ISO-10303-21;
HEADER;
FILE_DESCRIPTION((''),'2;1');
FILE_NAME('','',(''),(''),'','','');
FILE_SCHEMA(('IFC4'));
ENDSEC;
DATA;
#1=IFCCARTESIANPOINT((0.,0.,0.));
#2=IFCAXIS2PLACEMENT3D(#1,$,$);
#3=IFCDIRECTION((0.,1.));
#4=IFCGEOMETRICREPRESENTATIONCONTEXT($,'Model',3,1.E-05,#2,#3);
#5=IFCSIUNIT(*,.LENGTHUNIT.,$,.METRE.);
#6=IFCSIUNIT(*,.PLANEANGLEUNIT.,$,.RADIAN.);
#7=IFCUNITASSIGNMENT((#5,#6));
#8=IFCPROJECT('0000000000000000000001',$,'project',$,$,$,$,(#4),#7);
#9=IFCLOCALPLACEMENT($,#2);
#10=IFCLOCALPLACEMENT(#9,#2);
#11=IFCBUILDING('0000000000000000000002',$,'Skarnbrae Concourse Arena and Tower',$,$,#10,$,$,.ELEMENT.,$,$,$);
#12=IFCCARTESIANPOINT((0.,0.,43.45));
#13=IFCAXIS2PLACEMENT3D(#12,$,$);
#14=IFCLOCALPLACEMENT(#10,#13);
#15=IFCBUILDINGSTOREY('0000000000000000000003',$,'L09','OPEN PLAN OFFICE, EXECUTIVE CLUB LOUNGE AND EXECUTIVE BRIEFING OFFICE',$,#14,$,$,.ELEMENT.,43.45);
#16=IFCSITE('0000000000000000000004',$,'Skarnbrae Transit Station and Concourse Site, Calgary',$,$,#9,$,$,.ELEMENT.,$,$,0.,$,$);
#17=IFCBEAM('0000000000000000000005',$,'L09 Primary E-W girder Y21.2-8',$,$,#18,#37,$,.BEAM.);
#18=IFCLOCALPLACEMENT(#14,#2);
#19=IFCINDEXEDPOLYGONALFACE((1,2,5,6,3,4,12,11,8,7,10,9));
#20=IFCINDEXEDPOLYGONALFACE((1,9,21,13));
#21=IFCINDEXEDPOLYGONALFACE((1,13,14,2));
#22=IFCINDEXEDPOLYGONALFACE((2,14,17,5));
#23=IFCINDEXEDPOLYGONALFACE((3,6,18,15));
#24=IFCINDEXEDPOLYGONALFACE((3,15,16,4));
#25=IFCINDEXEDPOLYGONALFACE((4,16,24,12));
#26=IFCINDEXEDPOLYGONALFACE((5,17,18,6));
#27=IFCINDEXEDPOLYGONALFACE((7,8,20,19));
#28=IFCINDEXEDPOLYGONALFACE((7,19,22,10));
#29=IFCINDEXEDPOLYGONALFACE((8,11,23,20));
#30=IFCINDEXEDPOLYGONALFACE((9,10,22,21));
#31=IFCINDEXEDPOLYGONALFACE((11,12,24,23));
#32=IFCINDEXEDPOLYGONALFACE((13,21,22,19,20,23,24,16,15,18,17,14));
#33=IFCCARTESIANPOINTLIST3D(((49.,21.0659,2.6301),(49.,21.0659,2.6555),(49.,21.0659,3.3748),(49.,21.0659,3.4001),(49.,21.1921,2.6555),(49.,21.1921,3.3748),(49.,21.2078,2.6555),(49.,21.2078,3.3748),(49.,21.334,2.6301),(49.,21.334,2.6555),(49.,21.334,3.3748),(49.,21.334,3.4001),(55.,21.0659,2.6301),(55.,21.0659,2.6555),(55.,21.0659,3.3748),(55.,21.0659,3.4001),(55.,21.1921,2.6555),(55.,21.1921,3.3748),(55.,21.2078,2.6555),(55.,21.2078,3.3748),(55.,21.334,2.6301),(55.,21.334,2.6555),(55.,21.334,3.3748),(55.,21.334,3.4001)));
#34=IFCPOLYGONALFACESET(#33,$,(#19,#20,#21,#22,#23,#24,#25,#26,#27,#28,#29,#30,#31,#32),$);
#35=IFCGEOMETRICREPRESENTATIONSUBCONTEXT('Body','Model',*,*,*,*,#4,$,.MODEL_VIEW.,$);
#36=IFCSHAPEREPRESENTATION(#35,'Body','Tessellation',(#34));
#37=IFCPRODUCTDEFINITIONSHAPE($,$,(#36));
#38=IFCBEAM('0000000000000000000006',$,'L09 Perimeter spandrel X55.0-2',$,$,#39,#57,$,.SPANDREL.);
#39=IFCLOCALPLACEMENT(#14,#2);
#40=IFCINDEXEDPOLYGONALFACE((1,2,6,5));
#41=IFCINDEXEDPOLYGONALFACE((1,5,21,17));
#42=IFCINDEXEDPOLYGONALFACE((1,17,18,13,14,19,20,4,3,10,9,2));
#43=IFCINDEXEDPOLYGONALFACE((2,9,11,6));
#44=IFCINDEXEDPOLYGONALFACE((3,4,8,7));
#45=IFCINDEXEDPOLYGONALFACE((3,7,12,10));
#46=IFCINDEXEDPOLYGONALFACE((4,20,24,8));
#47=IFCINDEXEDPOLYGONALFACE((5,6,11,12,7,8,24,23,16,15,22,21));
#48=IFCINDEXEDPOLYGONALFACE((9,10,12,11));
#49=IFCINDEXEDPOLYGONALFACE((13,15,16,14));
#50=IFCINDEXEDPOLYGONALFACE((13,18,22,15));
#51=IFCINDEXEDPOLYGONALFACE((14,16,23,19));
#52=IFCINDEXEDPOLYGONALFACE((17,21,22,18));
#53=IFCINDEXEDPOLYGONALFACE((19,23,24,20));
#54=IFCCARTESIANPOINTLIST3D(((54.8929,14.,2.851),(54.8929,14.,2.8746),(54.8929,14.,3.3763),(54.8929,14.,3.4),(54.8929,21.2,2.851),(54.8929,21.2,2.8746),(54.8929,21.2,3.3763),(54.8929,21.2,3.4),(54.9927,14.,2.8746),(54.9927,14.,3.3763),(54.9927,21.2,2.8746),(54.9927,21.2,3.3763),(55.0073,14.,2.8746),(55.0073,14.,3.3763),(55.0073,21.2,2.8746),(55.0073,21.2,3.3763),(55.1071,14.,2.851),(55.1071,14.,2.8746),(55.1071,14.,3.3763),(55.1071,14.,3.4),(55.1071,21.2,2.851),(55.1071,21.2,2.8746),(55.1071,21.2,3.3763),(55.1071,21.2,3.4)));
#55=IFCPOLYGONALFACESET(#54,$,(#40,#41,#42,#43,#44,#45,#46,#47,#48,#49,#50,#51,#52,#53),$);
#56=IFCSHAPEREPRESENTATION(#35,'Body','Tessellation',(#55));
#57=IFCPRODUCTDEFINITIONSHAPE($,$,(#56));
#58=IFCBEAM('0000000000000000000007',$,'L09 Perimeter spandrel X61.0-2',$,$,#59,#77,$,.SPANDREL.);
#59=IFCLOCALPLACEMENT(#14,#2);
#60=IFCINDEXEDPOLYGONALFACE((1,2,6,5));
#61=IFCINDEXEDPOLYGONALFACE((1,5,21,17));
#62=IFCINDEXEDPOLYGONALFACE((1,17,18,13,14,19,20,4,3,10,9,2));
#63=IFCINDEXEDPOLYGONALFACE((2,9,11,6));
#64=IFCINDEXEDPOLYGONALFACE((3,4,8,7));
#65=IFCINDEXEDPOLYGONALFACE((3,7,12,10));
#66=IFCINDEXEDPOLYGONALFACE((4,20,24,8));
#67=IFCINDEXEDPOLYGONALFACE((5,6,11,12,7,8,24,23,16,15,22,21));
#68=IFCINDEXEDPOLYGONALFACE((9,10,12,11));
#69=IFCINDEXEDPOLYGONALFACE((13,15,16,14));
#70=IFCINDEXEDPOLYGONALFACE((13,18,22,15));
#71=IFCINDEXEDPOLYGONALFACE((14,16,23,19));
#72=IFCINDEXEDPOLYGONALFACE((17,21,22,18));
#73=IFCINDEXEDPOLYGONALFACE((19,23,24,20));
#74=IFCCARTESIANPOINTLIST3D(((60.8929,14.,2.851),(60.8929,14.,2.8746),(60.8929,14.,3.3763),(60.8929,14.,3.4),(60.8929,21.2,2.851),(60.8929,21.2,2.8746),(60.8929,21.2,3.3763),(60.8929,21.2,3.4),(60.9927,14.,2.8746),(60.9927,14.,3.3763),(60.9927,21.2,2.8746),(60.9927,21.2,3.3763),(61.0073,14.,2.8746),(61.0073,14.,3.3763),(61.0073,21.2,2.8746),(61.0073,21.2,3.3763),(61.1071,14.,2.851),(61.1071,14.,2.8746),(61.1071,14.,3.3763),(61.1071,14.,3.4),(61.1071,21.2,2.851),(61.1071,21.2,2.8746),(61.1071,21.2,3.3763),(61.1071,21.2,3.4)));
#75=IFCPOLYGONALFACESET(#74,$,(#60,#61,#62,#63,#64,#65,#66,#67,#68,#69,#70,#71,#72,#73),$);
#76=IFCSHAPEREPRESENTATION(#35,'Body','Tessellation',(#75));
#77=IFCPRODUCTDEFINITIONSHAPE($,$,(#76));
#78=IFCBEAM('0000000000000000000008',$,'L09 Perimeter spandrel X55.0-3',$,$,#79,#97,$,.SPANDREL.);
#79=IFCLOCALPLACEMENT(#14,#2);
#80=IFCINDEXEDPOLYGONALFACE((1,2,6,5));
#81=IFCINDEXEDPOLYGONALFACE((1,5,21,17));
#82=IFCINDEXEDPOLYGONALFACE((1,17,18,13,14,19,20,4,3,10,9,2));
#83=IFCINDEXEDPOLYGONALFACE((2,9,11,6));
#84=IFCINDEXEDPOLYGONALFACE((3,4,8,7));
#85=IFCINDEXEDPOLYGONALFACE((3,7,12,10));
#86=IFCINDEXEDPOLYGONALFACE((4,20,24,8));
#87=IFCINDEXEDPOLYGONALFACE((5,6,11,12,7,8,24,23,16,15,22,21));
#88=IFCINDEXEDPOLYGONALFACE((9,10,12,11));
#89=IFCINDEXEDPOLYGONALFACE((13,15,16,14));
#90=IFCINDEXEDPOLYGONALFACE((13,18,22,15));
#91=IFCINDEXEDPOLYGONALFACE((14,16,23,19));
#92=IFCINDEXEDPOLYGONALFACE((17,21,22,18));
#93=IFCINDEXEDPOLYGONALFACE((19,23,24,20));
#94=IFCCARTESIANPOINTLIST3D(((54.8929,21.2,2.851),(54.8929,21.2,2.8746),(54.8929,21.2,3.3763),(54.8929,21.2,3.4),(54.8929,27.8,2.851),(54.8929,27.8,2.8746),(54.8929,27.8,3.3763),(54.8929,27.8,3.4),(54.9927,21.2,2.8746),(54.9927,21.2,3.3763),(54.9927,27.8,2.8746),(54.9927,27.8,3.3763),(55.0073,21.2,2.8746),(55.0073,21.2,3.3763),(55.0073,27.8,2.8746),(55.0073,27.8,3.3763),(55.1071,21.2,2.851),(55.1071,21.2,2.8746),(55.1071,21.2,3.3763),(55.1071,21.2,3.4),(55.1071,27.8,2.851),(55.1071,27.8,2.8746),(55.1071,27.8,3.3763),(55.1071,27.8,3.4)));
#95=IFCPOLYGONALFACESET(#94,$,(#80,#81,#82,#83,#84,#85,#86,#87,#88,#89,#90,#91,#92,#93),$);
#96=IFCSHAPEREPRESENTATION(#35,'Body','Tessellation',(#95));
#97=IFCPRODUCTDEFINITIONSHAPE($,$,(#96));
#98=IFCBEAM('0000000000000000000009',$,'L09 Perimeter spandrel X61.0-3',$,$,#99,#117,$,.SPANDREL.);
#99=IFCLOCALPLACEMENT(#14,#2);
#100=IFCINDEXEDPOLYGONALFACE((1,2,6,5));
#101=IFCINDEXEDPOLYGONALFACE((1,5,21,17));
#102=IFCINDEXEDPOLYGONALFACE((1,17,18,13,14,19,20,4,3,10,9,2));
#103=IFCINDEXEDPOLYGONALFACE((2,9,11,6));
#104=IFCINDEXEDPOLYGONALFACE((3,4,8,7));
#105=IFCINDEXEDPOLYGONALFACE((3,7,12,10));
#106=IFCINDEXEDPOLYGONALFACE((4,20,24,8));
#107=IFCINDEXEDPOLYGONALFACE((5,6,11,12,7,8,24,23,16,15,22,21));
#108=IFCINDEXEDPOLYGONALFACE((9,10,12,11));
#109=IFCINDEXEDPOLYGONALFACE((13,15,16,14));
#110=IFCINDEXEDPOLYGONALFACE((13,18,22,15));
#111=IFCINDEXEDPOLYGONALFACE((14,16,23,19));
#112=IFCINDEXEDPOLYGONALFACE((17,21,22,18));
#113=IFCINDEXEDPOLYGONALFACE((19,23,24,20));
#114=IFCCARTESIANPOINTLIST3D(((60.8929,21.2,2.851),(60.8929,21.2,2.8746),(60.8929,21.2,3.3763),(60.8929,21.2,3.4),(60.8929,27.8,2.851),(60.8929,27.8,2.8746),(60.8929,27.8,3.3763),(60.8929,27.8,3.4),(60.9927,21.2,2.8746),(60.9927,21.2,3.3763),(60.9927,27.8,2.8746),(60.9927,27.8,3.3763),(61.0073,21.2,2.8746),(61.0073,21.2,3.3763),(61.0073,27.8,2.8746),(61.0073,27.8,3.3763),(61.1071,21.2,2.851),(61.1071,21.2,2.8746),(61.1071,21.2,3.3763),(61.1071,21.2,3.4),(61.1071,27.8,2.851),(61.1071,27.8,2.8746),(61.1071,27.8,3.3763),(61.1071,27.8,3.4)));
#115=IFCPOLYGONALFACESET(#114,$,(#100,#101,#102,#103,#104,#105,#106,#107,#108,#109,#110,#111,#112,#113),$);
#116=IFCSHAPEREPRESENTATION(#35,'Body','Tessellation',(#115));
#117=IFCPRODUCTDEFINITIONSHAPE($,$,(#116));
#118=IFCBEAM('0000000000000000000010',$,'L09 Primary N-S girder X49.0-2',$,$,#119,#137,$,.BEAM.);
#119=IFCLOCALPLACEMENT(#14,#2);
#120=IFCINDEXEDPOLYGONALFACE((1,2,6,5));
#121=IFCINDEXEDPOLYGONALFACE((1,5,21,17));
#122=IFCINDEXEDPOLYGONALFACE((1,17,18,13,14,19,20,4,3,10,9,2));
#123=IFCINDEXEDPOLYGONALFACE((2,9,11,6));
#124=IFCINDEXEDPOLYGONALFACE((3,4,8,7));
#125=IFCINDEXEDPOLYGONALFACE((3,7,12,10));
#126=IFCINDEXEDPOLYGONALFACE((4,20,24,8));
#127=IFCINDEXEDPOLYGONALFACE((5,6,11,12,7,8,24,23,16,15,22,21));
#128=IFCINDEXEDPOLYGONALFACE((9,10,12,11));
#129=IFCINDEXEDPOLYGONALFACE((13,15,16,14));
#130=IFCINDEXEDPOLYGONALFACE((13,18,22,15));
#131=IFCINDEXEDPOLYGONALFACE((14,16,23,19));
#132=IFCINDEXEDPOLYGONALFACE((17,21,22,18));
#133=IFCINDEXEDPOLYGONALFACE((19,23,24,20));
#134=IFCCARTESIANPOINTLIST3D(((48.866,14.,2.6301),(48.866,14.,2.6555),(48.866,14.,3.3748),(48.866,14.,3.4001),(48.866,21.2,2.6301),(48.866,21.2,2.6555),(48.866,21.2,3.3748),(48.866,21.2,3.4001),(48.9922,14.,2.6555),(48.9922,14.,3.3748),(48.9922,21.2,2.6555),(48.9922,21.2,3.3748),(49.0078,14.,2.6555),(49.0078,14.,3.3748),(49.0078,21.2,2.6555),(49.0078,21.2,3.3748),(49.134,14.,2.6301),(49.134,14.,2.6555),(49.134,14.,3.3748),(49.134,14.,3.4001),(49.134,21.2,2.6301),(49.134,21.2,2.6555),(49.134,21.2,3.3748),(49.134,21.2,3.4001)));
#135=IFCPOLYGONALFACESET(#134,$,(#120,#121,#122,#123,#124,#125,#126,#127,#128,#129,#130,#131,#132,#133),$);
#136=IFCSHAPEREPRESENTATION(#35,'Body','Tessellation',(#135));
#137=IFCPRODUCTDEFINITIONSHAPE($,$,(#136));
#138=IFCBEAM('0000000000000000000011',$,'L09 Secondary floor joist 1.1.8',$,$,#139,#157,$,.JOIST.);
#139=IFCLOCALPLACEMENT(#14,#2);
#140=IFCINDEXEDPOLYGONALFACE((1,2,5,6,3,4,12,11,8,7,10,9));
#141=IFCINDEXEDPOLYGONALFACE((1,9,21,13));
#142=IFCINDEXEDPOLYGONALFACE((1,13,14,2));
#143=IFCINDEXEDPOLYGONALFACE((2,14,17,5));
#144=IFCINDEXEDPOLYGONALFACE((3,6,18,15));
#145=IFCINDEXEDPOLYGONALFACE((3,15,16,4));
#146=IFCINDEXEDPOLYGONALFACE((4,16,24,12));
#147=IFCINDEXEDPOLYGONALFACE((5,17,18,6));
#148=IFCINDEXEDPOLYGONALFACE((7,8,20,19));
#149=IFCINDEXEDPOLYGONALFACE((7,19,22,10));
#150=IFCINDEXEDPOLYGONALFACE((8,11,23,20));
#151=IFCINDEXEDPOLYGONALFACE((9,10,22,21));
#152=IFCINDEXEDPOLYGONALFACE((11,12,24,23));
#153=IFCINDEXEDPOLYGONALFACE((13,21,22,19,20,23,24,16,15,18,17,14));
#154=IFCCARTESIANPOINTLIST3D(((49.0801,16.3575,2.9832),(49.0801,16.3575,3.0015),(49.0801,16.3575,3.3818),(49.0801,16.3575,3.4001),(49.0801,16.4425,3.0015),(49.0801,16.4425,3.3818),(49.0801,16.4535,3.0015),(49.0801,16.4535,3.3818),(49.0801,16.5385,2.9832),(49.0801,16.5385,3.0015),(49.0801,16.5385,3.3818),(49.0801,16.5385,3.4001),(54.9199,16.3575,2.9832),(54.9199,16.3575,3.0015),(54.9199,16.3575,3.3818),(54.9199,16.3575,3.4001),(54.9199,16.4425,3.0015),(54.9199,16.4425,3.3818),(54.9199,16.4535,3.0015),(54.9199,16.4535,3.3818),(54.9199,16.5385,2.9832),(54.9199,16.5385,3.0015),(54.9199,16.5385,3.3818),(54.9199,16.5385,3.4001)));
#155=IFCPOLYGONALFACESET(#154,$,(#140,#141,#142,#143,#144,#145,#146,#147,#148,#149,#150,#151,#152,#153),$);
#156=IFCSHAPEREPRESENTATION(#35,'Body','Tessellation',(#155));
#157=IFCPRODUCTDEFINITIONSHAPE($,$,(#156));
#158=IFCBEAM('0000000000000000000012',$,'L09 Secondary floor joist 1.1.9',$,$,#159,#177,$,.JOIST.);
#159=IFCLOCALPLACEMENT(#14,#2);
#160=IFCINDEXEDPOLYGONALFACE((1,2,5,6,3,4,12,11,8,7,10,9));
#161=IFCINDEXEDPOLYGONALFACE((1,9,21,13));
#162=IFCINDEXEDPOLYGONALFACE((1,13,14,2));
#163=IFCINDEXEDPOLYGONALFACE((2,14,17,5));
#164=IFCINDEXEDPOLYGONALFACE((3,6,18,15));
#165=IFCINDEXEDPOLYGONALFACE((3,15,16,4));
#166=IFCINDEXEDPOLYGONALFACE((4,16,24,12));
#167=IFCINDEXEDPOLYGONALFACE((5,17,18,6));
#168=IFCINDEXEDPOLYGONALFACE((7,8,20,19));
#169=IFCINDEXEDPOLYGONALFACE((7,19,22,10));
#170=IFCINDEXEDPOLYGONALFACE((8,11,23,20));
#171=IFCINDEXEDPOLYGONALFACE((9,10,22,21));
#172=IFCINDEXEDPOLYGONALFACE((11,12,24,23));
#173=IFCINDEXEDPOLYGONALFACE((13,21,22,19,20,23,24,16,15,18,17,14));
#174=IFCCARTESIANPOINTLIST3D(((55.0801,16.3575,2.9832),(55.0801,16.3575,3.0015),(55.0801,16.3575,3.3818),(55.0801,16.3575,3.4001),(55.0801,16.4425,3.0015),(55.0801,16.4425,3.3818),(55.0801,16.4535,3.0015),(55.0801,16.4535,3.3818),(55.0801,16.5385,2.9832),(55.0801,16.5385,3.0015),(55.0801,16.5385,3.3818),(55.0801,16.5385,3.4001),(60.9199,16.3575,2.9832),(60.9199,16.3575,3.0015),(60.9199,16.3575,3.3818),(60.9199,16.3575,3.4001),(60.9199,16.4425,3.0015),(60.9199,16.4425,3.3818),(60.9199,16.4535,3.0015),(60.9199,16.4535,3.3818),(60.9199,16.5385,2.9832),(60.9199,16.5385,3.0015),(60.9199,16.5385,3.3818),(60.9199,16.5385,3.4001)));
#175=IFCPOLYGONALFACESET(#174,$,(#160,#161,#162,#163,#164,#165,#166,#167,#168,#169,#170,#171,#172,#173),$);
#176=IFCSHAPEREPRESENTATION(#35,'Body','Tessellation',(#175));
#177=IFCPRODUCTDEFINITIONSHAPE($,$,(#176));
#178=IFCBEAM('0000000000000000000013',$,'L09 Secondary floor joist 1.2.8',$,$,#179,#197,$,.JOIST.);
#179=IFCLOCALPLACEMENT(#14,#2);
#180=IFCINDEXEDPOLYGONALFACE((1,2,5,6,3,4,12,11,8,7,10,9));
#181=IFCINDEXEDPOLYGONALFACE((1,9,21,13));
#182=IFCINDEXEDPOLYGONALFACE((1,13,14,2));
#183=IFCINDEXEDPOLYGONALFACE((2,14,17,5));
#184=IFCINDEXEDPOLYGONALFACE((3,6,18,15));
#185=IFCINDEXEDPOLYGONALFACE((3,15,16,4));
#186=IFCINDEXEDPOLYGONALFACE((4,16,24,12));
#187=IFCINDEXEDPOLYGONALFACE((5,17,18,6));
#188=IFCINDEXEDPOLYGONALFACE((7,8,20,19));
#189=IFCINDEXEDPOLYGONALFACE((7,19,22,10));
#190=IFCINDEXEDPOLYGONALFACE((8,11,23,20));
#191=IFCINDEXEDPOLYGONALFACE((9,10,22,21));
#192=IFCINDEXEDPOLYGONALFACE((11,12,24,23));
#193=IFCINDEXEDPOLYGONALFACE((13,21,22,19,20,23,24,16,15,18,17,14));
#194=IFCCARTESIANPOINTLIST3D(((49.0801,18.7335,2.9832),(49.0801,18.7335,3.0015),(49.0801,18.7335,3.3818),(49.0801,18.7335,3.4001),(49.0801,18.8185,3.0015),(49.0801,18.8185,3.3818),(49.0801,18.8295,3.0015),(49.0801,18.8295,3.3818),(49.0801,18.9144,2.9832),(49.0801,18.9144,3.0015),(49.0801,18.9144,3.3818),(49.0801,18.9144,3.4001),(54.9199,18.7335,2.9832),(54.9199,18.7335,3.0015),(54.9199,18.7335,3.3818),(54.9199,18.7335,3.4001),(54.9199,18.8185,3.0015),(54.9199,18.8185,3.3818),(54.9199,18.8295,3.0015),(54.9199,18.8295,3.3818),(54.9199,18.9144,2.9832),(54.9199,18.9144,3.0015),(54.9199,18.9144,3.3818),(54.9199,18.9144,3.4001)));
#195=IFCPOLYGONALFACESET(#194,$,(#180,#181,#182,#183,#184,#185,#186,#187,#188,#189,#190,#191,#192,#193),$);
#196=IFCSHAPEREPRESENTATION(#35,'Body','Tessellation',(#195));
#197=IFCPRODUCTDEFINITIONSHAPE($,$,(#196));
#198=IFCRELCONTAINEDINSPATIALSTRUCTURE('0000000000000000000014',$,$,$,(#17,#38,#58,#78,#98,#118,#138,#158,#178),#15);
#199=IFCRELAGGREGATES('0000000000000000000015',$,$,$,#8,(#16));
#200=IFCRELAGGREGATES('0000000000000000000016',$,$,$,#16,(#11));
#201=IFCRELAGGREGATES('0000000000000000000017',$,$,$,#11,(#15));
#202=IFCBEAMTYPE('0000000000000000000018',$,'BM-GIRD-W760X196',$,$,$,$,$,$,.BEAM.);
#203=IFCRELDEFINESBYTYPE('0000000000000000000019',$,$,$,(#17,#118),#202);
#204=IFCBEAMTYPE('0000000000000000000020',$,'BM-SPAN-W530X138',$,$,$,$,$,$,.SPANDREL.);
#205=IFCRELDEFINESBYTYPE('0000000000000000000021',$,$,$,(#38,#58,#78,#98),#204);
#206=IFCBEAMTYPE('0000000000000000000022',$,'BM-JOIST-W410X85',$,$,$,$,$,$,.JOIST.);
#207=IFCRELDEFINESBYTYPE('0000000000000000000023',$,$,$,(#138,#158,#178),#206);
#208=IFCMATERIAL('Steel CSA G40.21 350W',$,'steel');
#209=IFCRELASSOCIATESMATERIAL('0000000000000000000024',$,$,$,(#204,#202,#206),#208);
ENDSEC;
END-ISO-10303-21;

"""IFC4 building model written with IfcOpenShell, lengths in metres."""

from ifc_helpers import new_model, si_unit, direction, frame, origin, origin_2d, place, context, subcontext, project, spatial, i_section, extrude, source, transform, mapped, material, material_profile, profile_set, type_object, element, save


model = new_model("IFC4")

# Units and contexts
model_context = context("Model", 3, precision=1e-05, world=origin(), true_north=direction((0.0, 1.0)))
body_context = subcontext(model_context, "Body", "Model", "MODEL_VIEW")
ifc_project = project(units=[si_unit("LENGTHUNIT", "METRE"), si_unit("PLANEANGLEUNIT", "RADIAN")], contexts=[model_context])

# Site, building, storey
site_placement = place(None, origin())
site = spatial("IfcSite", under=ifc_project, at=site_placement, Name="Skarnbrae Transit Station and Concourse Site, Calgary", CompositionType="ELEMENT", RefElevation=0.0)
building_placement = place(site_placement, origin())
building = spatial("IfcBuilding", under=site, at=building_placement, Name="Skarnbrae Concourse Arena and Tower", CompositionType="ELEMENT")
storey_placement = place(building_placement, frame((0.0, 0.0, 43.45)))
storey = spatial("IfcBuildingStorey", under=building, at=storey_placement, Name="L09", Description="OPEN PLAN OFFICE, EXECUTIVE CLUB LOUNGE AND EXECUTIVE BRIEFING OFFICE", CompositionType="ELEMENT", Elevation=43.45)

# Shared definitions
ifc_material_1 = material(Name="Steel CSA G40.21 350W", Category="steel")

# Beams
ifc_material_profile_1 = material_profile(ifc_material_1, i_section(OverallWidth=0.2141, OverallDepth=0.5491, WebThickness=0.0146, FlangeThickness=0.0237, at=origin_2d()), Name="W530X138")
ifc_profile_set_1 = profile_set([ifc_material_profile_1], Name="Steel CSA G40.21 350W")
beam_type_1 = type_object("IfcBeamType", Name="BM-SPAN-W530X138", PredefinedType="SPANDREL", material=ifc_profile_set_1)
ifc_material_profile_2 = material_profile(ifc_material_1, i_section(OverallWidth=0.2681, OverallDepth=0.77, WebThickness=0.0156, FlangeThickness=0.0254, at=origin_2d()), Name="W760X196")
ifc_profile_set_2 = profile_set([ifc_material_profile_2], Name="Steel CSA G40.21 350W")
beam_type_2 = type_object("IfcBeamType", Name="BM-GIRD-W760X196", PredefinedType="BEAM", material=ifc_profile_set_2)
shared_shape_1 = source(origin(), body_context, "Body", "SweptSolid", [
    extrude(i_section(OverallWidth=0.2681, OverallDepth=0.77, WebThickness=0.0156, FlangeThickness=0.0254, at=origin_2d()), origin(), (0.0, 0.0, 1.0), 6.0),
])
beam_1_placement = place(storey_placement, frame((49.0, 21.2, 3.0151), z_axis=(1.0, 0.0, 0.0), x_axis=(0.0, 1.0, 0.0)))
element("IfcBeam", 1, at=beam_1_placement, inside=storey, type_object=beam_type_2, Name="L09 Primary E-W girder Y21.2-8", PredefinedType="BEAM", context=body_context, shape_type="MappedRepresentation", body=[
    mapped(shared_shape_1, transform((0.0, 0.0, 0.0))),
])
shared_shape_2 = source(origin(), body_context, "Body", "SweptSolid", [
    extrude(i_section(OverallWidth=0.2141, OverallDepth=0.5491, WebThickness=0.0146, FlangeThickness=0.0237, at=origin_2d()), origin(), (0.0, 0.0, 1.0), 7.2),
])
for number, where, z_axis, x_axis, name in (
    (2, (55.0, 14.0, 3.1255), (0.0, 1.0, 0.0), (-1.0, 0.0, 0.0), "L09 Perimeter spandrel X55.0-2"),
    (3, (61.0, 14.0, 3.1255), (0.0, 1.0, 0.0), (-1.0, 0.0, 0.0), "L09 Perimeter spandrel X61.0-2"),
):
    element("IfcBeam", number, at=place(storey_placement, frame(where, z_axis=z_axis, x_axis=x_axis)), inside=storey, type_object=beam_type_1, Name=name, PredefinedType="SPANDREL", context=body_context, shape_type="MappedRepresentation", body=[
        mapped(shared_shape_2, transform((0.0, 0.0, 0.0))),
    ])
shared_shape_3 = source(origin(), body_context, "Body", "SweptSolid", [
    extrude(i_section(OverallWidth=0.2141, OverallDepth=0.5491, WebThickness=0.0146, FlangeThickness=0.0237, at=origin_2d()), origin(), (0.0, 0.0, 1.0), 6.6001),
])
for number, where, z_axis, x_axis, name in (
    (4, (55.0, 21.2, 3.1255), (0.0, 1.0, 0.0), (-1.0, 0.0, 0.0), "L09 Perimeter spandrel X55.0-3"),
    (5, (61.0, 21.2, 3.1255), (0.0, 1.0, 0.0), (-1.0, 0.0, 0.0), "L09 Perimeter spandrel X61.0-3"),
):
    element("IfcBeam", number, at=place(storey_placement, frame(where, z_axis=z_axis, x_axis=x_axis)), inside=storey, type_object=beam_type_1, Name=name, PredefinedType="SPANDREL", context=body_context, shape_type="MappedRepresentation", body=[
        mapped(shared_shape_3, transform((0.0, 0.0, 0.0))),
    ])
shared_shape_4 = source(origin(), body_context, "Body", "SweptSolid", [
    extrude(i_section(OverallWidth=0.2681, OverallDepth=0.77, WebThickness=0.0156, FlangeThickness=0.0254, at=origin_2d()), origin(), (0.0, 0.0, 1.0), 7.2),
])
beam_2_placement = place(storey_placement, frame((49.0, 14.0, 3.0151), z_axis=(0.0, 1.0, 0.0), x_axis=(-1.0, 0.0, 0.0)))
element("IfcBeam", 6, at=beam_2_placement, inside=storey, type_object=beam_type_2, Name="L09 Primary N-S girder X49.0-2", PredefinedType="BEAM", context=body_context, shape_type="MappedRepresentation", body=[
    mapped(shared_shape_4, transform((0.0, 0.0, 0.0))),
])
ifc_material_profile_3 = material_profile(ifc_material_1, i_section(OverallWidth=0.1809, OverallDepth=0.417, WebThickness=0.011, FlangeThickness=0.0183, at=origin_2d()), Name="W410X85")
ifc_profile_set_3 = profile_set([ifc_material_profile_3], Name="Steel CSA G40.21 350W")
beam_type_3 = type_object("IfcBeamType", Name="BM-JOIST-W410X85", PredefinedType="JOIST", material=ifc_profile_set_3)
shared_shape_5 = source(origin(), body_context, "Body", "SweptSolid", [
    extrude(i_section(OverallWidth=0.1809, OverallDepth=0.417, WebThickness=0.011, FlangeThickness=0.0183, at=origin_2d()), origin(), (0.0, 0.0, 1.0), 5.8398),
])
for number, where, z_axis, x_axis, name in (
    (7, (49.0801, 16.448, 3.1917), (1.0, 0.0, 0.0), (0.0, 1.0, 0.0), "L09 Secondary floor joist 1.1.8"),
    (8, (55.0801, 16.448, 3.1917), (1.0, 0.0, 0.0), (0.0, 1.0, 0.0), "L09 Secondary floor joist 1.1.9"),
    (9, (49.0801, 18.824, 3.1917), (1.0, 0.0, 0.0), (0.0, 1.0, 0.0), "L09 Secondary floor joist 1.2.8"),
):
    element("IfcBeam", number, at=place(storey_placement, frame(where, z_axis=z_axis, x_axis=x_axis)), inside=storey, type_object=beam_type_3, Name=name, PredefinedType="JOIST", context=body_context, shape_type="MappedRepresentation", body=[
        mapped(shared_shape_5, transform((0.0, 0.0, 0.0))),
    ])

save(model, "model.ifc")
